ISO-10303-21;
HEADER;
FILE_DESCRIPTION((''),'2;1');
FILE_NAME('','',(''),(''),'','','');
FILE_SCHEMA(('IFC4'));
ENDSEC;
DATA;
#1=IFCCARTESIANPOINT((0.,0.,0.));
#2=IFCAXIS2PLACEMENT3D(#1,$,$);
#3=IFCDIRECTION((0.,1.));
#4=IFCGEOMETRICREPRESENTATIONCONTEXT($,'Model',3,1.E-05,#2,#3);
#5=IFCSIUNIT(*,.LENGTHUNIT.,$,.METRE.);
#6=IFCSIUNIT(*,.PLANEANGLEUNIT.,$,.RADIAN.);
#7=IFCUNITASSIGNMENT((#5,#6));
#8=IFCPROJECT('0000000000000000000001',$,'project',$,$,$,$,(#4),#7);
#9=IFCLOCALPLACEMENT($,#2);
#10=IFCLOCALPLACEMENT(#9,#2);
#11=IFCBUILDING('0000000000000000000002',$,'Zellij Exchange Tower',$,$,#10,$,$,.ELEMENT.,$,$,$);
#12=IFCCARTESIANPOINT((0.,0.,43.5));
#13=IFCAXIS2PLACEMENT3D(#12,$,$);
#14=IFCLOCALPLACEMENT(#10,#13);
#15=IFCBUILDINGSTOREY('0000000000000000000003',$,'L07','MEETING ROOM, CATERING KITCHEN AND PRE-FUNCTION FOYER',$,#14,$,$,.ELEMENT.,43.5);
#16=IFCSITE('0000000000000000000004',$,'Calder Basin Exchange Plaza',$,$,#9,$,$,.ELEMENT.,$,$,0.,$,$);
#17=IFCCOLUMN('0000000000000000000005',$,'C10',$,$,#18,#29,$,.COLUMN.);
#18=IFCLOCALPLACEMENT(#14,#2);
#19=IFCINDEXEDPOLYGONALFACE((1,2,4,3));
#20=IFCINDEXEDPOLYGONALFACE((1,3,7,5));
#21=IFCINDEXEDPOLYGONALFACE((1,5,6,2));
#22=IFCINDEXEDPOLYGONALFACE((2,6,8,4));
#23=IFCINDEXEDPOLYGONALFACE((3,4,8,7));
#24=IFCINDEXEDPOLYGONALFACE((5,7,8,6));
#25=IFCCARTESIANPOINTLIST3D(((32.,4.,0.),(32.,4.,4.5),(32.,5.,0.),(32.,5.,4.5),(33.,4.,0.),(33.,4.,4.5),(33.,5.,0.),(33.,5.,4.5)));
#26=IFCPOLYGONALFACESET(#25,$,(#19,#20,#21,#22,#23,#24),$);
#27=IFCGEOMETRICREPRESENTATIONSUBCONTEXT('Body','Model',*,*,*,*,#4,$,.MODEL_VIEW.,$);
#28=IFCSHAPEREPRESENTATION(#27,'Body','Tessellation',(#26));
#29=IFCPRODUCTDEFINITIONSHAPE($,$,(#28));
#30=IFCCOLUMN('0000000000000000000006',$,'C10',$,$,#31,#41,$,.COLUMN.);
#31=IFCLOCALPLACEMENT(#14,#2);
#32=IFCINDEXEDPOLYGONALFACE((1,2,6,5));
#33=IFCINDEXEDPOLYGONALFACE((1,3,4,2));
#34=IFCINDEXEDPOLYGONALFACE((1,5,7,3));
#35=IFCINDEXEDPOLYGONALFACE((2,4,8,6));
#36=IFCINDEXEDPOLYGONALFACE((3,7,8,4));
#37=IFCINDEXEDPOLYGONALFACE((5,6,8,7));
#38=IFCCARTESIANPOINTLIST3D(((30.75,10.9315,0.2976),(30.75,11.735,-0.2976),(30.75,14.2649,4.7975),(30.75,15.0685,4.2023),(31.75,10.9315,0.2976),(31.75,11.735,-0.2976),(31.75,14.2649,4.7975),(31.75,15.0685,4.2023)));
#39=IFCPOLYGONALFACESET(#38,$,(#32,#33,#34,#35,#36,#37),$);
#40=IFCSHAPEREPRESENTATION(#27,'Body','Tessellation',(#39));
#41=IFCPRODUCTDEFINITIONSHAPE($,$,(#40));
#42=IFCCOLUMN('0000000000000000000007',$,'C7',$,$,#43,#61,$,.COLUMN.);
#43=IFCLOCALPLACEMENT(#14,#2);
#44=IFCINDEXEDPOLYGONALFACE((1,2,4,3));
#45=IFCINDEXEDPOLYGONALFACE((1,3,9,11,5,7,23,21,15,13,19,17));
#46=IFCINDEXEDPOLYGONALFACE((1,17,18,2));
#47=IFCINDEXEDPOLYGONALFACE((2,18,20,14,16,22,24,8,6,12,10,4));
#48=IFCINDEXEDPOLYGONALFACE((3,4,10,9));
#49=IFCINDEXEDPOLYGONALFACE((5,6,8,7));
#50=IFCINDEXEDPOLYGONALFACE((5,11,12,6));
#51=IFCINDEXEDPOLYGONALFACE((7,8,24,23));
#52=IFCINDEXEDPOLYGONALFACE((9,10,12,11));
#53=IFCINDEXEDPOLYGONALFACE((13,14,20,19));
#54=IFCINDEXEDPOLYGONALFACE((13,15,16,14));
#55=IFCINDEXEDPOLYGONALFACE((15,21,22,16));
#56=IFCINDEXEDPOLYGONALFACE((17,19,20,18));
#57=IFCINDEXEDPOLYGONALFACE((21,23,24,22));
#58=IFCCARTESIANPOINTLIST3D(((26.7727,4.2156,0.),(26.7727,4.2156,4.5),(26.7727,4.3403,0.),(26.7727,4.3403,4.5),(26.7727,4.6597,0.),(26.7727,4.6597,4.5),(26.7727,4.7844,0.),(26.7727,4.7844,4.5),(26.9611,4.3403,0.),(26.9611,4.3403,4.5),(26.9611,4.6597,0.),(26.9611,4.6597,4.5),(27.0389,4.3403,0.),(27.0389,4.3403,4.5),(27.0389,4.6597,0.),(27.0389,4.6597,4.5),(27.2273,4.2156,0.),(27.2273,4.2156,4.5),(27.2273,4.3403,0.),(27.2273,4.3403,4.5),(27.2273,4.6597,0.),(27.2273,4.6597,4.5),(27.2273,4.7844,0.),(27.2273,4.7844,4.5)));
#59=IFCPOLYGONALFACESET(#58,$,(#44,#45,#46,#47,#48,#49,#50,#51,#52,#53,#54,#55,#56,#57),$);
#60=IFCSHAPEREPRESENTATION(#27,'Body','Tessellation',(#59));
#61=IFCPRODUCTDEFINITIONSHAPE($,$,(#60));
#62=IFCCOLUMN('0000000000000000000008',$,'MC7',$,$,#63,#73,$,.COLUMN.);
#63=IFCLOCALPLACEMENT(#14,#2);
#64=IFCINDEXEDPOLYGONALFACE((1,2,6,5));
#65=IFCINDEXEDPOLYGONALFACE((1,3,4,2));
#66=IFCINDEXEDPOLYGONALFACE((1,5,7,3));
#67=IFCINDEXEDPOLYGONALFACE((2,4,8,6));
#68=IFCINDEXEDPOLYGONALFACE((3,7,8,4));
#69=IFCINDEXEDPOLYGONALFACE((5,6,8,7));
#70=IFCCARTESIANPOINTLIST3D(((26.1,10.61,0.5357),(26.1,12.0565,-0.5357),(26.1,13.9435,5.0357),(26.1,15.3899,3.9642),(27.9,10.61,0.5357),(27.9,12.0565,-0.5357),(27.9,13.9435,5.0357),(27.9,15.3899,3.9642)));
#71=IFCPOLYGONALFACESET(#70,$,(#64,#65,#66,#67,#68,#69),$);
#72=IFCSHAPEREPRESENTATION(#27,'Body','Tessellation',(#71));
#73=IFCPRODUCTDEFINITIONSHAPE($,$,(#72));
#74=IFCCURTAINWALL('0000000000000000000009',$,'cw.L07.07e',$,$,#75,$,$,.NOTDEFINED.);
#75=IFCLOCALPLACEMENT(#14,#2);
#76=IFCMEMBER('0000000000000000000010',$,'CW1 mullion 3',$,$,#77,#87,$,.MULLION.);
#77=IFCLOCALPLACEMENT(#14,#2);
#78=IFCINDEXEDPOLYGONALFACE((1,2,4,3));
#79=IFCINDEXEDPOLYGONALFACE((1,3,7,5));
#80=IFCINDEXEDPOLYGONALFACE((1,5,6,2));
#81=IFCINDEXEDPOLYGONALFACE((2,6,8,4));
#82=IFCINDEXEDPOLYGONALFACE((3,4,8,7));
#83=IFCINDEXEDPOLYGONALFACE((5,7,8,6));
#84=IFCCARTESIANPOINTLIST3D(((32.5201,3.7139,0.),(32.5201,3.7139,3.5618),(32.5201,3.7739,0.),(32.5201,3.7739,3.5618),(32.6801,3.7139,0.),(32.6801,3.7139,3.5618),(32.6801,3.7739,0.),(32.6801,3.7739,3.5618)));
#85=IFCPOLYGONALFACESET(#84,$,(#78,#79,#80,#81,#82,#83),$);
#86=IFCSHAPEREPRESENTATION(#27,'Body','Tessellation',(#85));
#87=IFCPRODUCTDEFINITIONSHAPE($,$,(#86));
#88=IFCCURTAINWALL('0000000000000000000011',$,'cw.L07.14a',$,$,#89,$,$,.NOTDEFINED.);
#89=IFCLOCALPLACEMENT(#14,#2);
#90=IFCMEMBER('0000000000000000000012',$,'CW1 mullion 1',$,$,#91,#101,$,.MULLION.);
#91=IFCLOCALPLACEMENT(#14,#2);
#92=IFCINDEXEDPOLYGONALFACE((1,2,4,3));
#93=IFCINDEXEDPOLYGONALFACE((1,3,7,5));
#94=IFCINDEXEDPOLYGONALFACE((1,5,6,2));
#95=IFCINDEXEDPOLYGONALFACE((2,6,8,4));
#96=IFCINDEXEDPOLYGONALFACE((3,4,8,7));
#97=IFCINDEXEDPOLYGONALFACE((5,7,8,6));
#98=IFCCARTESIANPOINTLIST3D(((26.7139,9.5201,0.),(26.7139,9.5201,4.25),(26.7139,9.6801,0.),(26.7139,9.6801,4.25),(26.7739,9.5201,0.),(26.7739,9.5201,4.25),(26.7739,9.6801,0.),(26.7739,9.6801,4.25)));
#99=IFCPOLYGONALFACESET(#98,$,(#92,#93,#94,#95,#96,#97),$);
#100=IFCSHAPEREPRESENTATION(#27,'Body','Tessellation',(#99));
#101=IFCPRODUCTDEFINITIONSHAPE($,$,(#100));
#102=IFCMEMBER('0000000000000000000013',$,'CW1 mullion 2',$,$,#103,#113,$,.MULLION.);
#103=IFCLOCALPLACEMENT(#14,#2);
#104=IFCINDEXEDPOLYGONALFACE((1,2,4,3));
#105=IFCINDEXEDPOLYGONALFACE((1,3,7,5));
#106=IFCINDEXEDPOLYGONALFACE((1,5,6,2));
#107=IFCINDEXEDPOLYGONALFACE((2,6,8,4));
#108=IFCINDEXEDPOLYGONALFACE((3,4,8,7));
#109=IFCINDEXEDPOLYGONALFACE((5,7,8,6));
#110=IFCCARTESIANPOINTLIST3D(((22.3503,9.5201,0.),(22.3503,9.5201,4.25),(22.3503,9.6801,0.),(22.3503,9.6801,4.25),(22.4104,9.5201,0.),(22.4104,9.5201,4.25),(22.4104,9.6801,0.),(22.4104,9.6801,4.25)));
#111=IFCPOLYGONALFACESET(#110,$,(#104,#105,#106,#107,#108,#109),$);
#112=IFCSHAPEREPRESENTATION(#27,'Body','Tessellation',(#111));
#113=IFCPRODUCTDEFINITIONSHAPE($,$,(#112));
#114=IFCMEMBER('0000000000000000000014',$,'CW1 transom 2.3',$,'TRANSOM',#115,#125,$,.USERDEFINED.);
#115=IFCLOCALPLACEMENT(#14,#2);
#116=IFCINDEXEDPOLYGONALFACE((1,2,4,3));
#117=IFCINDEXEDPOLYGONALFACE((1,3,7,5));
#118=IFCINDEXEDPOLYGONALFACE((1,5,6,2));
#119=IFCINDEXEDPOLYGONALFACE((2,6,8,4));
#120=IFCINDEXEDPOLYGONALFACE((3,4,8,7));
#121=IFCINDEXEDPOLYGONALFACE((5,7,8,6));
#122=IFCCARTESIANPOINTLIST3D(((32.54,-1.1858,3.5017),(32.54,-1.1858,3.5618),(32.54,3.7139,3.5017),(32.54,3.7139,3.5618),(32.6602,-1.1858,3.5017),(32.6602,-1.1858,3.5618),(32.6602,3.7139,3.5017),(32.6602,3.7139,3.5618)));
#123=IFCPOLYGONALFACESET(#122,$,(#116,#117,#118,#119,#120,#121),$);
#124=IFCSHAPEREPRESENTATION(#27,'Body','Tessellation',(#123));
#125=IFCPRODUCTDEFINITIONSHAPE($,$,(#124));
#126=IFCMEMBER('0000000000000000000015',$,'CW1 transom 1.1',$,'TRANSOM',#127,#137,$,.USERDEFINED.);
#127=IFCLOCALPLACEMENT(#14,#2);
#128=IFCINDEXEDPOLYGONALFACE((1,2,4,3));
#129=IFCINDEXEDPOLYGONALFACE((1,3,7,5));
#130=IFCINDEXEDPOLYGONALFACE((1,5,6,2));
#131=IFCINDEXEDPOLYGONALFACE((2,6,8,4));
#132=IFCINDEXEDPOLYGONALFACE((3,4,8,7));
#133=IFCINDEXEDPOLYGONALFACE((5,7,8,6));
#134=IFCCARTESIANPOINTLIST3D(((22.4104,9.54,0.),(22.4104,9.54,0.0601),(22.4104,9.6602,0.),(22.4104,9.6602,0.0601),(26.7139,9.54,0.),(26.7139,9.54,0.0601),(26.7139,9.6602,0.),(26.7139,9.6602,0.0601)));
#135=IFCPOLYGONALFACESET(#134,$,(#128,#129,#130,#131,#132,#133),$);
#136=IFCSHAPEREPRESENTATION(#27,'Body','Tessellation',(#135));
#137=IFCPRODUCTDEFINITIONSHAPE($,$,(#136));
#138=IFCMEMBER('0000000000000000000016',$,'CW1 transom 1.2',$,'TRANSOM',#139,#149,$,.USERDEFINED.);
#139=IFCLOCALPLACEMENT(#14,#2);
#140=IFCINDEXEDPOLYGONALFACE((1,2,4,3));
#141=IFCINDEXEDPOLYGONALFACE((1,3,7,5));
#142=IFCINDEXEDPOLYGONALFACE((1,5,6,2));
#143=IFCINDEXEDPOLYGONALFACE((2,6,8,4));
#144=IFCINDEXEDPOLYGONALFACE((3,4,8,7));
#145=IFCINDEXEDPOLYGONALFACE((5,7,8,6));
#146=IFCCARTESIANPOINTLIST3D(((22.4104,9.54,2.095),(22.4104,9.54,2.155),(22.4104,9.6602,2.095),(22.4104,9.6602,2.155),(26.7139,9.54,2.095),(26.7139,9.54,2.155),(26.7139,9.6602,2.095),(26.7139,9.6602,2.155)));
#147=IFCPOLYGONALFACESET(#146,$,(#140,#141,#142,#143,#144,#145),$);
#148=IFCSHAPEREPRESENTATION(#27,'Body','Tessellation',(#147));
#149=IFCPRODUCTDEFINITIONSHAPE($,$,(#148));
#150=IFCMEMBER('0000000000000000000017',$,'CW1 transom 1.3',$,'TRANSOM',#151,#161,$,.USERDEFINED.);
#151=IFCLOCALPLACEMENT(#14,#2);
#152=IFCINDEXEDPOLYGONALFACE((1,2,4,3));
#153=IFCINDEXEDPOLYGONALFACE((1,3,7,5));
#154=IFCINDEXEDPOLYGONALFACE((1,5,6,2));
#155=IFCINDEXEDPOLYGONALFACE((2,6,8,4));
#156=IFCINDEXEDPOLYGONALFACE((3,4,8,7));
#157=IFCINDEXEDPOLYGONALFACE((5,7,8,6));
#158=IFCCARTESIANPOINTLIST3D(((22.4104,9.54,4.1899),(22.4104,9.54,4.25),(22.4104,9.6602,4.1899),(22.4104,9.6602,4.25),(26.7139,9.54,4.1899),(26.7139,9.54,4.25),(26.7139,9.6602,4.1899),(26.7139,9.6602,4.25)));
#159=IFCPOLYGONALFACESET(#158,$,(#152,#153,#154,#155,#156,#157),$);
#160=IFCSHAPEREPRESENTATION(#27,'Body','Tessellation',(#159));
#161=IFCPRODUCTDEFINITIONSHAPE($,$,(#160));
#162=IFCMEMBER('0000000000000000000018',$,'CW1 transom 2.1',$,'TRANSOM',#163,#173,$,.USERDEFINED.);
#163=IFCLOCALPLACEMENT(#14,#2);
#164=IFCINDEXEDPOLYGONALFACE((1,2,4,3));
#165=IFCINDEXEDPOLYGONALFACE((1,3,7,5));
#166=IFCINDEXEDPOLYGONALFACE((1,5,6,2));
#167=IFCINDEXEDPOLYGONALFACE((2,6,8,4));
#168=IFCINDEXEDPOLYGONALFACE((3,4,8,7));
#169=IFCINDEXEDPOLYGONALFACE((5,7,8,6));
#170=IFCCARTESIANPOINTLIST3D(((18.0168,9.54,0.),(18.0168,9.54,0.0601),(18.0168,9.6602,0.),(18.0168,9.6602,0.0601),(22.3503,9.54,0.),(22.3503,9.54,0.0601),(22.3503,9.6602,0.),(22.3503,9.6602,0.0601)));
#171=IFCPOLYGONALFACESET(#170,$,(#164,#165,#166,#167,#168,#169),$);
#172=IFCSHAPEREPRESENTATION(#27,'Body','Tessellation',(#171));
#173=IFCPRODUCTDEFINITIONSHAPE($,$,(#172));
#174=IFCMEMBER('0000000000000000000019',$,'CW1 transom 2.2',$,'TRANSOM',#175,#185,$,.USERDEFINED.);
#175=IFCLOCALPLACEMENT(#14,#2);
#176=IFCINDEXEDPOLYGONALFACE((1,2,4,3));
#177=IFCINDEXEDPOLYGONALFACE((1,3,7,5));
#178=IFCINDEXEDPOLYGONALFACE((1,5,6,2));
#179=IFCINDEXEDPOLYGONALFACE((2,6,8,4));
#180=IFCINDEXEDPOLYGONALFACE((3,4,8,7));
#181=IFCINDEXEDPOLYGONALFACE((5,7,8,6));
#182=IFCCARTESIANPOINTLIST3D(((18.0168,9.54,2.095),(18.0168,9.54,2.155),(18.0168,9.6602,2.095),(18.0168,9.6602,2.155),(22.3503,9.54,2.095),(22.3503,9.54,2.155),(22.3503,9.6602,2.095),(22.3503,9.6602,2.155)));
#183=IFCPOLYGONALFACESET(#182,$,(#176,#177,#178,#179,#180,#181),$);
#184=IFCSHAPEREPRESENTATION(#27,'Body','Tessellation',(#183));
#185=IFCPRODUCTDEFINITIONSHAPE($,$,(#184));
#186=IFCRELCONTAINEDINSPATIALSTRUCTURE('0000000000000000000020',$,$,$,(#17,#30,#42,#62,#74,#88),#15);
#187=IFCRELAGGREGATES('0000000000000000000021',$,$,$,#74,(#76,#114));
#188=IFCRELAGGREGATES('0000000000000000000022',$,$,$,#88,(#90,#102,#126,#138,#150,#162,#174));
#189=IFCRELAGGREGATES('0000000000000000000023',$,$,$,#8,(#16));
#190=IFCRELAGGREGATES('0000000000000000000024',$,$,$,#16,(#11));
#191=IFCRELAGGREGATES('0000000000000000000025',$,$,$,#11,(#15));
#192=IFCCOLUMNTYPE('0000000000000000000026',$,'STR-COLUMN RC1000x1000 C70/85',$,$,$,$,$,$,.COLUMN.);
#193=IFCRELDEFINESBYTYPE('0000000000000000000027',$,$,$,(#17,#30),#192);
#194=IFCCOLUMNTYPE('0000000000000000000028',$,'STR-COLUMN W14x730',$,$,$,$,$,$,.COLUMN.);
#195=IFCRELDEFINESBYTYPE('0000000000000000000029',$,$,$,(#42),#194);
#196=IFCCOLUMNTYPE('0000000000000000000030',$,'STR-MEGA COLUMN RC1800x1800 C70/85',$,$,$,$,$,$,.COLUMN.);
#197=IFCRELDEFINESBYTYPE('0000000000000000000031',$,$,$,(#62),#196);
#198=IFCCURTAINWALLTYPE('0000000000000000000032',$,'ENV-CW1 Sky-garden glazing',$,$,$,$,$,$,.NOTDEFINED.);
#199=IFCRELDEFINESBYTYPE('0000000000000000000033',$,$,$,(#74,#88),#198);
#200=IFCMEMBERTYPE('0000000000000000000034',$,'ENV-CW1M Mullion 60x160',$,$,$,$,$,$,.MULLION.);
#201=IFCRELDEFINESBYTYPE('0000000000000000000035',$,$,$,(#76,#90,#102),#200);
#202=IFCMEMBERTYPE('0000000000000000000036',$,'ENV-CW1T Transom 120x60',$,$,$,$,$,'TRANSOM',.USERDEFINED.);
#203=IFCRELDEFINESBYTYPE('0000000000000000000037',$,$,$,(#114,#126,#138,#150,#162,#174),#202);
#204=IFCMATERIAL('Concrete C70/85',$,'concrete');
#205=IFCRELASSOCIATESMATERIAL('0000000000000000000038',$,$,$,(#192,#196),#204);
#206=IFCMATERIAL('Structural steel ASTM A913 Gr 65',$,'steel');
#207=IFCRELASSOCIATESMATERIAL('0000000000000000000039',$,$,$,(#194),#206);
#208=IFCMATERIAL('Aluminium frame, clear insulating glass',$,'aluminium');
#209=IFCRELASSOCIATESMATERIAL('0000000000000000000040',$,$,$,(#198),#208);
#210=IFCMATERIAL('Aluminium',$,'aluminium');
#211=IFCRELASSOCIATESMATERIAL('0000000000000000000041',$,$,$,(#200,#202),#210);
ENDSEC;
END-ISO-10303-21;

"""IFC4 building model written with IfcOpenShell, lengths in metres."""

from ifc_helpers import new_model, si_unit, direction, frame, origin, origin_2d, place, context, subcontext, project, spatial, rectangle, i_section, extrude, material, material_profile, profile_set, type_object, element, aggregate, save


model = new_model("IFC4")

# Units and contexts
model_context = context("Model", 3, precision=1e-05, world=origin(), true_north=direction((0.0, 1.0)))
body_context = subcontext(model_context, "Body", "Model", "MODEL_VIEW")
ifc_project = project(units=[si_unit("LENGTHUNIT", "METRE"), si_unit("PLANEANGLEUNIT", "RADIAN")], contexts=[model_context])

# Site, building, storey
site_placement = place(None, origin())
site = spatial("IfcSite", under=ifc_project, at=site_placement, Name="Calder Basin Exchange Plaza", CompositionType="ELEMENT", RefElevation=0.0)
building_placement = place(site_placement, origin())
building = spatial("IfcBuilding", under=site, at=building_placement, Name="Zellij Exchange Tower", CompositionType="ELEMENT")
storey_placement = place(building_placement, frame((0.0, 0.0, 43.5)))
storey = spatial("IfcBuildingStorey", under=building, at=storey_placement, Name="L07", Description="MEETING ROOM, CATERING KITCHEN AND PRE-FUNCTION FOYER", CompositionType="ELEMENT", Elevation=43.5)

# Columns
ifc_material_1 = material(Name="Concrete C70/85", Category="concrete")
ifc_material_profile_1 = material_profile(ifc_material_1, rectangle(XDim=1.0, YDim=1.0, at=origin_2d()), Name="STR-COLUMN RC1000x1000 C70/85")
ifc_profile_set_1 = profile_set([ifc_material_profile_1], Name="Concrete C70/85")
column_type_1 = type_object("IfcColumnType", Name="STR-COLUMN RC1000x1000 C70/85", PredefinedType="COLUMN", material=ifc_profile_set_1)
column_1_placement = place(storey_placement, frame((32.5, 4.5, 0.0), z_axis=(0.0, 0.0, 1.0), x_axis=(1.0, 0.0, 0.0)))
element("IfcColumn", 1, at=column_1_placement, inside=storey, type_object=column_type_1, Name="C10", PredefinedType="COLUMN", context=body_context, shape_type="SweptSolid", body=[
    extrude(rectangle(XDim=1.0, YDim=1.0, at=origin_2d()), origin(), (0.0, 0.0, 1.0), 4.5),
])
column_2_placement = place(storey_placement, frame((31.25, 11.3333, 0.0), z_axis=(0.0, 0.595246, 0.803543), x_axis=(-1.0, 0.0, 0.0)))
element("IfcColumn", 2, at=column_2_placement, inside=storey, type_object=column_type_1, Name="C10", PredefinedType="COLUMN", context=body_context, shape_type="SweptSolid", body=[
    extrude(rectangle(XDim=1.0, YDim=1.0, at=origin_2d()), origin(), (0.0, 0.0, 1.0), 5.6001),
])
ifc_material_2 = material(Name="Structural steel ASTM A913 Gr 65", Category="steel")
ifc_material_profile_2 = material_profile(ifc_material_2, i_section(OverallWidth=0.4546, OverallDepth=0.5688, WebThickness=0.0779, FlangeThickness=0.1248, at=origin_2d()), Name="W14x730")
ifc_profile_set_2 = profile_set([ifc_material_profile_2], Name="Structural steel ASTM A913 Gr 65")
column_type_2 = type_object("IfcColumnType", Name="STR-COLUMN W14x730", PredefinedType="COLUMN", material=ifc_profile_set_2)
column_3_placement = place(storey_placement, frame((27.0, 4.5, 0.0), z_axis=(0.0, 0.0, 1.0), x_axis=(1.0, 0.0, 0.0)))
element("IfcColumn", 3, at=column_3_placement, inside=storey, type_object=column_type_2, Name="C7", PredefinedType="COLUMN", context=body_context, shape_type="SweptSolid", body=[
    extrude(i_section(OverallWidth=0.4546, OverallDepth=0.5688, WebThickness=0.0779, FlangeThickness=0.1248, at=origin_2d()), origin(), (0.0, 0.0, 1.0), 4.5),
])
ifc_material_profile_3 = material_profile(ifc_material_1, rectangle(XDim=1.8, YDim=1.8, at=origin_2d()), Name="STR-MEGA COLUMN RC1800x1800 C70/85")
ifc_profile_set_3 = profile_set([ifc_material_profile_3], Name="Concrete C70/85")
column_type_3 = type_object("IfcColumnType", Name="STR-MEGA COLUMN RC1800x1800 C70/85", PredefinedType="COLUMN", material=ifc_profile_set_3)
column_4_placement = place(storey_placement, frame((27.0, 11.3333, 0.0), z_axis=(0.0, 0.595246, 0.803543), x_axis=(-1.0, 0.0, 0.0)))
element("IfcColumn", 4, at=column_4_placement, inside=storey, type_object=column_type_3, Name="MC7", PredefinedType="COLUMN", context=body_context, shape_type="SweptSolid", body=[
    extrude(rectangle(XDim=1.8, YDim=1.8, at=origin_2d()), origin(), (0.0, 0.0, 1.0), 5.6001),
])

# Curtain wall, member
ifc_material_3 = material(Name="Aluminium frame, clear insulating glass", Category="aluminium")
curtain_wall_type = type_object("IfcCurtainWallType", Name="ENV-CW1 Sky-garden glazing", PredefinedType="NOTDEFINED", material=ifc_material_3)
curtain_wall_1_placement = place(storey_placement, origin())
curtain_wall_1 = element("IfcCurtainWall", 5, at=curtain_wall_1_placement, inside=storey, type_object=curtain_wall_type, Name="cw.L07.07e", PredefinedType="NOTDEFINED")
ifc_material_4 = material(Name="Aluminium", Category="aluminium")
ifc_material_profile_4 = material_profile(ifc_material_4, rectangle(XDim=0.0601, YDim=0.1599, at=origin_2d()), Name="AL 60x160")
ifc_profile_set_4 = profile_set([ifc_material_profile_4], Name="Aluminium")
member_type_1 = type_object("IfcMemberType", Name="ENV-CW1M Mullion 60x160", PredefinedType="MULLION", material=ifc_profile_set_4)
member_1_placement = place(storey_placement, frame((32.6001, 3.7439, 0.0), z_axis=(0.0, 0.0, 1.0), x_axis=(0.0, 1.0, 0.0)))
member_1 = element("IfcMember", 6, at=member_1_placement, type_object=member_type_1, Name="CW1 mullion 3", PredefinedType="MULLION", context=body_context, shape_type="SweptSolid", body=[
    extrude(rectangle(XDim=0.0601, YDim=0.1599, at=origin_2d()), origin(), (0.0, 0.0, 1.0), 3.5618),
])

# Curtain wall, members
curtain_wall_2_placement = place(storey_placement, origin())
curtain_wall_2 = element("IfcCurtainWall", 7, at=curtain_wall_2_placement, inside=storey, type_object=curtain_wall_type, Name="cw.L07.14a", PredefinedType="NOTDEFINED")
member_2_placement = place(storey_placement, frame((26.7439, 9.6001, 0.0), z_axis=(0.0, 0.0, 1.0), x_axis=(-1.0, 0.0, 0.0)))
member_2 = element("IfcMember", 8, at=member_2_placement, type_object=member_type_1, Name="CW1 mullion 1", PredefinedType="MULLION", context=body_context, shape_type="SweptSolid", body=[
    extrude(rectangle(XDim=0.0601, YDim=0.1599, at=origin_2d()), origin(), (0.0, 0.0, 1.0), 4.25),
])
member_3_placement = place(storey_placement, frame((22.3804, 9.6001, 0.0), z_axis=(0.0, 0.0, 1.0), x_axis=(-1.0, 0.0, 0.0)))
member_3 = element("IfcMember", 9, at=member_3_placement, type_object=member_type_1, Name="CW1 mullion 2", PredefinedType="MULLION", context=body_context, shape_type="SweptSolid", body=[
    extrude(rectangle(XDim=0.0601, YDim=0.1599, at=origin_2d()), origin(), (0.0, 0.0, 1.0), 4.25),
])

# Members
ifc_material_profile_5 = material_profile(ifc_material_4, rectangle(XDim=0.1201, YDim=0.0601, at=origin_2d()), Name="AL 120x60")
ifc_profile_set_5 = profile_set([ifc_material_profile_5], Name="Aluminium")
member_type_2 = type_object("IfcMemberType", Name="ENV-CW1T Transom 120x60", ElementType="TRANSOM", PredefinedType="USERDEFINED", material=ifc_profile_set_5)
member_4_placement = place(storey_placement, frame((32.6001, -1.1858, 3.5317), z_axis=(0.0, 1.0, 0.0), x_axis=(-1.0, 0.0, 0.0)))
member_4 = element("IfcMember", 10, at=member_4_placement, type_object=member_type_2, Name="CW1 transom 2.3", ObjectType="TRANSOM", PredefinedType="USERDEFINED", context=body_context, shape_type="SweptSolid", body=[
    extrude(rectangle(XDim=0.1201, YDim=0.0601, at=origin_2d()), origin(), (0.0, 0.0, 1.0), 4.8997),
])
member_5_placement = place(storey_placement, frame((26.7139, 9.6001, 0.03), z_axis=(-1.0, 0.0, 0.0), x_axis=(0.0, -1.0, 0.0)))
member_5 = element("IfcMember", 11, at=member_5_placement, type_object=member_type_2, Name="CW1 transom 1.1", ObjectType="TRANSOM", PredefinedType="USERDEFINED", context=body_context, shape_type="SweptSolid", body=[
    extrude(rectangle(XDim=0.1201, YDim=0.0601, at=origin_2d()), origin(), (0.0, 0.0, 1.0), 4.3035),
])
member_6_placement = place(storey_placement, frame((26.7139, 9.6001, 2.125), z_axis=(-1.0, 0.0, 0.0), x_axis=(0.0, -1.0, 0.0)))
member_6 = element("IfcMember", 12, at=member_6_placement, type_object=member_type_2, Name="CW1 transom 1.2", ObjectType="TRANSOM", PredefinedType="USERDEFINED", context=body_context, shape_type="SweptSolid", body=[
    extrude(rectangle(XDim=0.1201, YDim=0.0601, at=origin_2d()), origin(), (0.0, 0.0, 1.0), 4.3035),
])
member_7_placement = place(storey_placement, frame((26.7139, 9.6001, 4.22), z_axis=(-1.0, 0.0, 0.0), x_axis=(0.0, -1.0, 0.0)))
member_7 = element("IfcMember", 13, at=member_7_placement, type_object=member_type_2, Name="CW1 transom 1.3", ObjectType="TRANSOM", PredefinedType="USERDEFINED", context=body_context, shape_type="SweptSolid", body=[
    extrude(rectangle(XDim=0.1201, YDim=0.0601, at=origin_2d()), origin(), (0.0, 0.0, 1.0), 4.3035),
])
member_8_placement = place(storey_placement, frame((22.3503, 9.6001, 0.03), z_axis=(-1.0, 0.0, 0.0), x_axis=(0.0, -1.0, 0.0)))
member_8 = element("IfcMember", 14, at=member_8_placement, type_object=member_type_2, Name="CW1 transom 2.1", ObjectType="TRANSOM", PredefinedType="USERDEFINED", context=body_context, shape_type="SweptSolid", body=[
    extrude(rectangle(XDim=0.1201, YDim=0.0601, at=origin_2d()), origin(), (0.0, 0.0, 1.0), 4.3335),
])
member_9_placement = place(storey_placement, frame((22.3503, 9.6001, 2.125), z_axis=(-1.0, 0.0, 0.0), x_axis=(0.0, -1.0, 0.0)))
member_9 = element("IfcMember", 15, at=member_9_placement, type_object=member_type_2, Name="CW1 transom 2.2", ObjectType="TRANSOM", PredefinedType="USERDEFINED", context=body_context, shape_type="SweptSolid", body=[
    extrude(rectangle(XDim=0.1201, YDim=0.0601, at=origin_2d()), origin(), (0.0, 0.0, 1.0), 4.3335),
])

aggregate(curtain_wall_1, [member_1, member_4])
aggregate(curtain_wall_2, [member_2, member_3, member_5, member_6, member_7, member_8, member_9])

save(model, "model.ifc")
